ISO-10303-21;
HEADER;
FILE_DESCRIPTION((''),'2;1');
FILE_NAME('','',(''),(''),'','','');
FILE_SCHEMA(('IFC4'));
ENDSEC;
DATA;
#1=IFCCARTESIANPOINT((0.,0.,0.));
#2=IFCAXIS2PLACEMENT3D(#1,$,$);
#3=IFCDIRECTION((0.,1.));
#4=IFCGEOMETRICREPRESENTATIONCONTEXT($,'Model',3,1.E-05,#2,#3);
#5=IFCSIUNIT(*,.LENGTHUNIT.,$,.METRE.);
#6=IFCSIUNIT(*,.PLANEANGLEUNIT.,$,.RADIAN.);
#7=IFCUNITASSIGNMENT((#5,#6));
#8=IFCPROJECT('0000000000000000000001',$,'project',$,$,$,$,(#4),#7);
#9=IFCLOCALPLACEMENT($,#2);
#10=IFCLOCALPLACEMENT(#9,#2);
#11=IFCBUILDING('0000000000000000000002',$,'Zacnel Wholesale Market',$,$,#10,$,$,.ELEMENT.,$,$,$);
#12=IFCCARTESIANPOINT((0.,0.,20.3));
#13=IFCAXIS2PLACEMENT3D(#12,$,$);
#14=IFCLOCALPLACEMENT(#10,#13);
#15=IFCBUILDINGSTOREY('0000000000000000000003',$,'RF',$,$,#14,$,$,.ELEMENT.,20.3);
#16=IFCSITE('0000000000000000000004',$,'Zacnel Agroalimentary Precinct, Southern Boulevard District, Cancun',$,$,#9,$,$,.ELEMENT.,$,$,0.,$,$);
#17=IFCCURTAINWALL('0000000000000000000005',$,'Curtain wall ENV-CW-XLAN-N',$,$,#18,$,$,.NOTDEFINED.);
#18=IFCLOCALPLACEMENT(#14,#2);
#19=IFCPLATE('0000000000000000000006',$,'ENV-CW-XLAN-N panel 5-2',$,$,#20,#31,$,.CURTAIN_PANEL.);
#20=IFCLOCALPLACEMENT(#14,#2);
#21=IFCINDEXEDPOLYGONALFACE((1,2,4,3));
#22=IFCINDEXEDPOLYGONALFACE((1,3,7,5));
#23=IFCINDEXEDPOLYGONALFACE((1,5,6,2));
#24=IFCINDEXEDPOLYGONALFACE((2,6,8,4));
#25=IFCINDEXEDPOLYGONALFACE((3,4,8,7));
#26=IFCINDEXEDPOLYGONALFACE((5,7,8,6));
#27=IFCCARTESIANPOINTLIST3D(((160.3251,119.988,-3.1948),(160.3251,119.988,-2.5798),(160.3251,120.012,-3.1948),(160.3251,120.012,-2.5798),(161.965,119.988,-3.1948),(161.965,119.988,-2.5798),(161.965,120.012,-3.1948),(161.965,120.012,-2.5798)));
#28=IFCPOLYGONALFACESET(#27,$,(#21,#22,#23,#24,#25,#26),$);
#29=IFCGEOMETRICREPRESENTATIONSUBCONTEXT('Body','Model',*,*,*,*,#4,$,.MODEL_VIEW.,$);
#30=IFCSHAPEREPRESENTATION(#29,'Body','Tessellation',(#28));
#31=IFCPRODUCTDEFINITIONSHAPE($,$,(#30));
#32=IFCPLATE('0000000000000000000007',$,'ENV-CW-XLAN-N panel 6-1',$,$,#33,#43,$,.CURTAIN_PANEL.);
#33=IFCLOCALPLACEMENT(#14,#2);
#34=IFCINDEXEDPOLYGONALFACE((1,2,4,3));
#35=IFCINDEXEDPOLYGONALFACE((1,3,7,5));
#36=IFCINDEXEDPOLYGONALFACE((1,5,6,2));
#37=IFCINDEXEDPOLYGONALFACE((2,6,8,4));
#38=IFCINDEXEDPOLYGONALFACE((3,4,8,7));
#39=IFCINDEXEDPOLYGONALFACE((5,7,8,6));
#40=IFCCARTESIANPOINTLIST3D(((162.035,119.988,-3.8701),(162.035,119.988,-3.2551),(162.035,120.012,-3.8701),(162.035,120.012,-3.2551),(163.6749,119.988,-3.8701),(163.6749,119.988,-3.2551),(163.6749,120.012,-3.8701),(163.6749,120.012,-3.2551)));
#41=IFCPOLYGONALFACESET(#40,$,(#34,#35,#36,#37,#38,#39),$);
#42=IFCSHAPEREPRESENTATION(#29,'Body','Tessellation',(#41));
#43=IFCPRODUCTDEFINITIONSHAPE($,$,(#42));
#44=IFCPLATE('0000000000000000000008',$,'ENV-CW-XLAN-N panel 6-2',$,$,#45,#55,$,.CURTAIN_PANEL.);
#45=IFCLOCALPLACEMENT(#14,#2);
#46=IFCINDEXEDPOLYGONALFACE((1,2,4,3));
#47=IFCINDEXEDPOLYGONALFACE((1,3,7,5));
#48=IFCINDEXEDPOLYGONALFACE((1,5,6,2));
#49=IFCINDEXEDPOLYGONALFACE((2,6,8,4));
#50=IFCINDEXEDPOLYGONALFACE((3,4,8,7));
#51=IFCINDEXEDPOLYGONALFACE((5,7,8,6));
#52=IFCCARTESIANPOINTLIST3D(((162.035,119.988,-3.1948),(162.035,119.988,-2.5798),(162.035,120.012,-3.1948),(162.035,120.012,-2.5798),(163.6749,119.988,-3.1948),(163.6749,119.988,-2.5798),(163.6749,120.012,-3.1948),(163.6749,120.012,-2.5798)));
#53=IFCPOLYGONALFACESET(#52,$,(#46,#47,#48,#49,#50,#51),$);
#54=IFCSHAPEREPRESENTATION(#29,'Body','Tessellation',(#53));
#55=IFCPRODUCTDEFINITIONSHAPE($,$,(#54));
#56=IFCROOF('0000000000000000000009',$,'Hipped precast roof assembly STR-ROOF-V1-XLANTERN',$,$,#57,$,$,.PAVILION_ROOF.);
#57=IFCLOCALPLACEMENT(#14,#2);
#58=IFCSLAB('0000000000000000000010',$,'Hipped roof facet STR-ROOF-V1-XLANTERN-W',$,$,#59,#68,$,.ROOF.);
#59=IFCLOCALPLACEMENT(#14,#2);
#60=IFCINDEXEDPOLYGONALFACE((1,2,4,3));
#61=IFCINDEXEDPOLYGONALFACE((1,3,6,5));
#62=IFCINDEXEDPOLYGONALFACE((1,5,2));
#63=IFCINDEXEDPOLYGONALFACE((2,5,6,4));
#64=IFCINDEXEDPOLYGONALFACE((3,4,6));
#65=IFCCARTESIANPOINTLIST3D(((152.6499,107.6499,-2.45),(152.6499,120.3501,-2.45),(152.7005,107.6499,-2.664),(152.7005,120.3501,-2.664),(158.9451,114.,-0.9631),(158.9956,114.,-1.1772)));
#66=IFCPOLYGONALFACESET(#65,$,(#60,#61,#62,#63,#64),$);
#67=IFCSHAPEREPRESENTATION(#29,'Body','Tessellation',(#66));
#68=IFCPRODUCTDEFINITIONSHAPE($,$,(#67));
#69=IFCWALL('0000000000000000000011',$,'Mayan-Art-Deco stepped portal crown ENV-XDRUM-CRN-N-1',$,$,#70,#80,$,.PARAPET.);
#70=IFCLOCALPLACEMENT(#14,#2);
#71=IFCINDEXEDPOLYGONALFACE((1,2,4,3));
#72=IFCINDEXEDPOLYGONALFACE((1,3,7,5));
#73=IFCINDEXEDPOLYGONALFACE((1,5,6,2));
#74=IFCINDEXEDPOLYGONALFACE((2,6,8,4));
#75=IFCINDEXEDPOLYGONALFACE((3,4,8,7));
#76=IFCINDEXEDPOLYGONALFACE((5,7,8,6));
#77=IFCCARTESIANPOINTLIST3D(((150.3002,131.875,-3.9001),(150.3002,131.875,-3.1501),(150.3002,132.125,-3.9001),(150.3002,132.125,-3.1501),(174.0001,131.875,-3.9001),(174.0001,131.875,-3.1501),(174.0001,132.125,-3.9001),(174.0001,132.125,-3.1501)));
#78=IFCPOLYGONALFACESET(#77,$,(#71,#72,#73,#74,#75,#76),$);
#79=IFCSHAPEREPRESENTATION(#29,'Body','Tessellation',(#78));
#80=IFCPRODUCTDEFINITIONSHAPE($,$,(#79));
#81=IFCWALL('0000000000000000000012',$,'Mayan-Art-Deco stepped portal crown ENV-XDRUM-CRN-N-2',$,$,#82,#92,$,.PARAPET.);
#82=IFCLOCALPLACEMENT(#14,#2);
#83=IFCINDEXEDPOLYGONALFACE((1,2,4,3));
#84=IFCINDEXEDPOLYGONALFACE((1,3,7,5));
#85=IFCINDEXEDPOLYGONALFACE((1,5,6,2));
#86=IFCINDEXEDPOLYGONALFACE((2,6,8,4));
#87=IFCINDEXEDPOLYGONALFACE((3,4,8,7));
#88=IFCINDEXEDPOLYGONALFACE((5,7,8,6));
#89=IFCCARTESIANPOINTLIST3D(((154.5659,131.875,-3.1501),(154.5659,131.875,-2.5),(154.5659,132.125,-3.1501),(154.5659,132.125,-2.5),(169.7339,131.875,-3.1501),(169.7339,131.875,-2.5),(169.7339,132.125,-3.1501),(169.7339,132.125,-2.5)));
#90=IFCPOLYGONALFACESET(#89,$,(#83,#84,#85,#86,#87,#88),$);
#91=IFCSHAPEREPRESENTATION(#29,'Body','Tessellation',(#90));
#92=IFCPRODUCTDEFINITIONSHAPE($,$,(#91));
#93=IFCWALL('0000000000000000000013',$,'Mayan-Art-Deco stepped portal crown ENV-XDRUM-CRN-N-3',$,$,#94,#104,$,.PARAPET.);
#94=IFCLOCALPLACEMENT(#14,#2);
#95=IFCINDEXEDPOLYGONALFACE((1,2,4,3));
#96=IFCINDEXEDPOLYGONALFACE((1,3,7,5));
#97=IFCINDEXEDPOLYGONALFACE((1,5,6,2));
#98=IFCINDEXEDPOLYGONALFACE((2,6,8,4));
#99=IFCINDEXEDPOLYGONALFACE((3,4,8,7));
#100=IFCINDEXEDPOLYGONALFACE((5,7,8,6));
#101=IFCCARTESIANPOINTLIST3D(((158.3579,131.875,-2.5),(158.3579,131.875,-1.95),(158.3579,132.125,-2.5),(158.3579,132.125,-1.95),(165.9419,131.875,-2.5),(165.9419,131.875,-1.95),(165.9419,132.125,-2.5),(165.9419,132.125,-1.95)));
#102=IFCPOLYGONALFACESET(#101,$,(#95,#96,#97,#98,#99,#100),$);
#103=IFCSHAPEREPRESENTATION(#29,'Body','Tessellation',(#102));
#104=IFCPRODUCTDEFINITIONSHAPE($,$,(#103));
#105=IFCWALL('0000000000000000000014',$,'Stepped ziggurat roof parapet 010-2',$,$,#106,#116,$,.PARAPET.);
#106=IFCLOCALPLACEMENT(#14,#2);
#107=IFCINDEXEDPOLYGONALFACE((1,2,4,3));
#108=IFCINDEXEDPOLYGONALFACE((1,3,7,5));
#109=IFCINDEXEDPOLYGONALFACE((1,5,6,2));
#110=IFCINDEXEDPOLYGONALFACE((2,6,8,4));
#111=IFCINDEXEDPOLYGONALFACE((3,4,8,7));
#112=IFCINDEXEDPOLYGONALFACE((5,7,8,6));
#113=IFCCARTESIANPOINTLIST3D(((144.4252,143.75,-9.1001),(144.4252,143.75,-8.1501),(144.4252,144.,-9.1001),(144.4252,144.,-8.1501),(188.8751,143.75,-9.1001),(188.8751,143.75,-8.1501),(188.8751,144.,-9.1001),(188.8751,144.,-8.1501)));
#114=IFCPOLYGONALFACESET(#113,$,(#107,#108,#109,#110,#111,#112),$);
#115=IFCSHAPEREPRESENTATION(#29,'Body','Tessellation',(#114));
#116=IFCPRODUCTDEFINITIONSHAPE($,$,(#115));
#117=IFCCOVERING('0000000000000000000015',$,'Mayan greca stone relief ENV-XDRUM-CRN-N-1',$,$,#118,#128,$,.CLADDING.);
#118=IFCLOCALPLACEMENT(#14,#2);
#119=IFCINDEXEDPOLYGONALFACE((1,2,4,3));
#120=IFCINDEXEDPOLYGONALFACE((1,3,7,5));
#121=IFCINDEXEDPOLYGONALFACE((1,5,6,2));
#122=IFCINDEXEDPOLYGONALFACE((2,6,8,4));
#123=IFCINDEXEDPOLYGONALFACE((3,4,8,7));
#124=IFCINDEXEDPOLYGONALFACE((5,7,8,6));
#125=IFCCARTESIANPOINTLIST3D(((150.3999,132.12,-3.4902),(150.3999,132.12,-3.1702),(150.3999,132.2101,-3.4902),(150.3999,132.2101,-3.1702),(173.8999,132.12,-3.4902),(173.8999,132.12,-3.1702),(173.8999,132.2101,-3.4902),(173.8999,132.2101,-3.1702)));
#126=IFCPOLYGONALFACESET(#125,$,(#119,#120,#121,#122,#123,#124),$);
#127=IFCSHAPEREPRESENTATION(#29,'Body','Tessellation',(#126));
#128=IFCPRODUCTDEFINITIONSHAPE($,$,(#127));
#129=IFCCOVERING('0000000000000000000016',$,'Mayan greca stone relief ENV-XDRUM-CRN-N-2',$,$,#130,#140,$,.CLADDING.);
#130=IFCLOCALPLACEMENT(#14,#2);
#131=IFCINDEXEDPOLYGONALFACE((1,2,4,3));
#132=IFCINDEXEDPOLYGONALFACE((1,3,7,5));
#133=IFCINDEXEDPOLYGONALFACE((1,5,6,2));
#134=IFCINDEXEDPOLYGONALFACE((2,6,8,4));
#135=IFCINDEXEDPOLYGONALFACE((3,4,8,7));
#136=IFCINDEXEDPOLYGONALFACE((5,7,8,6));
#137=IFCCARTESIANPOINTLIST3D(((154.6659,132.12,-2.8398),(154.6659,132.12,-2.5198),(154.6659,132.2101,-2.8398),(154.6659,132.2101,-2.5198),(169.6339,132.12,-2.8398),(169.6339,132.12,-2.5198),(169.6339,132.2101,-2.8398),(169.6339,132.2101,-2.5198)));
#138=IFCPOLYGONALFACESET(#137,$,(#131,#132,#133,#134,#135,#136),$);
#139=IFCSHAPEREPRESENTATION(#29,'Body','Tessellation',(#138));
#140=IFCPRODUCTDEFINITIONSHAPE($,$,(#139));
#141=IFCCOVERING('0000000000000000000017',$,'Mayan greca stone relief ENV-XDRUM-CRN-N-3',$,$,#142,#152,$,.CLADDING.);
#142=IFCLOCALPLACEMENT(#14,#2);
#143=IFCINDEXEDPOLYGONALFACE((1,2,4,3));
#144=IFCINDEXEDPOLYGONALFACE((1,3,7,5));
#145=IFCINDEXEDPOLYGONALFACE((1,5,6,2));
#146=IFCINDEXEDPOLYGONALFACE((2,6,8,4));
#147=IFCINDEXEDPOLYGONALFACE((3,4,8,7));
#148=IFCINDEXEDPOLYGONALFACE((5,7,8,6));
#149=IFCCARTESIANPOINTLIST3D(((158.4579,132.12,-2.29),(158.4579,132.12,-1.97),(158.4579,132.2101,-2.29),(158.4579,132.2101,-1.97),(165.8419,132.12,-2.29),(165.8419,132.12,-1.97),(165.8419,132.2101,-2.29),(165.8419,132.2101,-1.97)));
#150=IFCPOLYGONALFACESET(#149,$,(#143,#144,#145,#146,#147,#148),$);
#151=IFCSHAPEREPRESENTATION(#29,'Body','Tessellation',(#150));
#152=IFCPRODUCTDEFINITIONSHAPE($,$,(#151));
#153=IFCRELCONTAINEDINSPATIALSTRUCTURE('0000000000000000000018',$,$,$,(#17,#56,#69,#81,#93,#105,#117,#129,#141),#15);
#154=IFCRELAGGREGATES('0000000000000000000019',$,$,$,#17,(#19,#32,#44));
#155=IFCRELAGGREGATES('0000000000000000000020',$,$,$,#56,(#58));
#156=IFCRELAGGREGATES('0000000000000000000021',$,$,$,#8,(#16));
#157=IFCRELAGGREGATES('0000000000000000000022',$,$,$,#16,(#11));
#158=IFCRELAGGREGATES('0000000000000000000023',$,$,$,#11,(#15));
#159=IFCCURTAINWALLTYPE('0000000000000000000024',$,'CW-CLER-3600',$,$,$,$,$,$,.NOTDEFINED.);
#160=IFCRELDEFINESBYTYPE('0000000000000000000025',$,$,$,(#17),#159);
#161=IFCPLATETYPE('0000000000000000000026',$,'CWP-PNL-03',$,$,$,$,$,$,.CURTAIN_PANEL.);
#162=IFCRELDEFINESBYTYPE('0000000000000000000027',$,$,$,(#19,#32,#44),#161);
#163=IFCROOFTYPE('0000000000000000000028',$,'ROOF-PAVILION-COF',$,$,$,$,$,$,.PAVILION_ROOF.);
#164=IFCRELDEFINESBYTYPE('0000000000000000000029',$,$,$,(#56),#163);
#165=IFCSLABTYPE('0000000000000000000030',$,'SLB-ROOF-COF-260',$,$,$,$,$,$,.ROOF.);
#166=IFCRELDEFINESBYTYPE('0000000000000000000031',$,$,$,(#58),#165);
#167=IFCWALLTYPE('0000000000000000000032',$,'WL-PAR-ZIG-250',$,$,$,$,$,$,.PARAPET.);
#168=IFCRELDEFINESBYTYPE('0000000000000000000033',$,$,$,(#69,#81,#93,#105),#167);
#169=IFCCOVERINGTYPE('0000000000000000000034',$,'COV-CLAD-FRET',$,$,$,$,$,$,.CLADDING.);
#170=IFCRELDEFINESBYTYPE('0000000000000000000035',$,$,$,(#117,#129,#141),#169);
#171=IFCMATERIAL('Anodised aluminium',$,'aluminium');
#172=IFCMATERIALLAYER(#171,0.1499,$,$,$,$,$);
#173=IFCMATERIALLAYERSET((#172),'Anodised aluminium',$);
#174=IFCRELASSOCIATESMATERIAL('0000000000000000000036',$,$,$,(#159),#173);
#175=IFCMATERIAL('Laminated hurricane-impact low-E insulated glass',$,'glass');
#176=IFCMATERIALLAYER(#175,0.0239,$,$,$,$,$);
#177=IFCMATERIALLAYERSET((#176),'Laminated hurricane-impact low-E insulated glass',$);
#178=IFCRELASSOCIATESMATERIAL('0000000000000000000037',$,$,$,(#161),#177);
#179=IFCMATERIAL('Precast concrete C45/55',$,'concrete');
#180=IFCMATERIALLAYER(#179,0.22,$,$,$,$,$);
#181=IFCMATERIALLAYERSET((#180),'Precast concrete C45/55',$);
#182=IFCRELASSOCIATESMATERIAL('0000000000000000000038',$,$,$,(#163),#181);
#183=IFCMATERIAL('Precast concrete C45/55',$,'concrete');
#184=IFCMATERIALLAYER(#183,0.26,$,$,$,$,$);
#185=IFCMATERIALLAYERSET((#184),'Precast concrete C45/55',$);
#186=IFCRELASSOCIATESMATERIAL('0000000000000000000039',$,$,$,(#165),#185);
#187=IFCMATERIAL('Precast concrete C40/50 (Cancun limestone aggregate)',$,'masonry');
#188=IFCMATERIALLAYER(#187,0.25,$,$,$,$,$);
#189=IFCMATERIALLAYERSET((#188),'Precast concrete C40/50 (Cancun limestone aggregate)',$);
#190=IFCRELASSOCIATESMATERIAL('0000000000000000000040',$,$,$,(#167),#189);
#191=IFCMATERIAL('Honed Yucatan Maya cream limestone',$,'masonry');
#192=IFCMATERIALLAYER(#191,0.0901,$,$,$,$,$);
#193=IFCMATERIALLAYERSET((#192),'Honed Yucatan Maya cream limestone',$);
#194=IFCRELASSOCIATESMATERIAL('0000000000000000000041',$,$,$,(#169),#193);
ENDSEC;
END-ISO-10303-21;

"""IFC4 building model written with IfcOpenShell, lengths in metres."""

from ifc_helpers import new_model, si_unit, direction, frame, frame_2d, origin, origin_2d, place, context, subcontext, project, spatial, polyline, rectangle, outline, extrude, material, layer, layer_set, type_object, element, aggregate, save


model = new_model("IFC4")

# Units and contexts
model_context = context("Model", 3, precision=1e-05, world=origin(), true_north=direction((0.0, 1.0)))
body_context = subcontext(model_context, "Body", "Model", "MODEL_VIEW")
ifc_project = project(units=[si_unit("LENGTHUNIT", "METRE"), si_unit("PLANEANGLEUNIT", "RADIAN")], contexts=[model_context])

# Site, building, storey
site_placement = place(None, origin())
site = spatial("IfcSite", under=ifc_project, at=site_placement, Name="Zacnel Agroalimentary Precinct, Southern Boulevard District, Cancun", CompositionType="ELEMENT", RefElevation=0.0)
building_placement = place(site_placement, origin())
building = spatial("IfcBuilding", under=site, at=building_placement, Name="Zacnel Wholesale Market", CompositionType="ELEMENT")
storey_placement = place(building_placement, frame((0.0, 0.0, 20.3)))
storey = spatial("IfcBuildingStorey", under=building, at=storey_placement, Name="RF", CompositionType="ELEMENT", Elevation=20.3)

# Curtain wall, plates
ifc_material_1 = material(Name="Anodised aluminium", Category="aluminium")
ifc_layer_1 = layer(ifc_material_1, 0.1499)
ifc_layer_set_1 = layer_set([ifc_layer_1], Name="Anodised aluminium")
curtain_wall_type = type_object("IfcCurtainWallType", Name="CW-CLER-3600", PredefinedType="NOTDEFINED", material=ifc_layer_set_1)
curtain_wall_placement = place(storey_placement, origin())
curtain_wall = element("IfcCurtainWall", 1, at=curtain_wall_placement, inside=storey, type_object=curtain_wall_type, Name="Curtain wall ENV-CW-XLAN-N", PredefinedType="NOTDEFINED")
ifc_material_2 = material(Name="Laminated hurricane-impact low-E insulated glass", Category="glass")
ifc_layer_2 = layer(ifc_material_2, 0.0239)
ifc_layer_set_2 = layer_set([ifc_layer_2], Name="Laminated hurricane-impact low-E insulated glass")
plate_type = type_object("IfcPlateType", Name="CWP-PNL-03", PredefinedType="CURTAIN_PANEL", material=ifc_layer_set_2)
plate_1_placement = place(storey_placement, frame((161.145, 120.0, -3.1948), z_axis=(0.0, 0.0, 1.0), x_axis=(1.0, 0.0, 0.0)))
plate_1 = element("IfcPlate", 2, at=plate_1_placement, type_object=plate_type, Name="ENV-CW-XLAN-N panel 5-2", PredefinedType="CURTAIN_PANEL", context=body_context, shape_type="SweptSolid", body=[
    extrude(rectangle(XDim=1.6399, YDim=0.0239, at=origin_2d()), origin(), (0.0, 0.0, 1.0), 0.615),
])
plate_2_placement = place(storey_placement, frame((162.855, 120.0, -3.8701), z_axis=(0.0, 0.0, 1.0), x_axis=(1.0, 0.0, 0.0)))
plate_2 = element("IfcPlate", 3, at=plate_2_placement, type_object=plate_type, Name="ENV-CW-XLAN-N panel 6-1", PredefinedType="CURTAIN_PANEL", context=body_context, shape_type="SweptSolid", body=[
    extrude(rectangle(XDim=1.6399, YDim=0.0239, at=origin_2d()), origin(), (0.0, 0.0, 1.0), 0.615),
])
plate_3_placement = place(storey_placement, frame((162.855, 120.0, -3.1948), z_axis=(0.0, 0.0, 1.0), x_axis=(1.0, 0.0, 0.0)))
plate_3 = element("IfcPlate", 4, at=plate_3_placement, type_object=plate_type, Name="ENV-CW-XLAN-N panel 6-2", PredefinedType="CURTAIN_PANEL", context=body_context, shape_type="SweptSolid", body=[
    extrude(rectangle(XDim=1.6399, YDim=0.0239, at=origin_2d()), origin(), (0.0, 0.0, 1.0), 0.615),
])
aggregate(curtain_wall, [plate_1, plate_2, plate_3])

# Roof, slab
ifc_material_3 = material(Name="Precast concrete C45/55", Category="concrete")
ifc_layer_3 = layer(ifc_material_3, 0.22)
ifc_layer_set_3 = layer_set([ifc_layer_3], Name="Precast concrete C45/55")
roof_type = type_object("IfcRoofType", Name="ROOF-PAVILION-COF", PredefinedType="PAVILION_ROOF", material=ifc_layer_set_3)
roof_placement = place(storey_placement, origin())
roof = element("IfcRoof", 5, at=roof_placement, inside=storey, type_object=roof_type, Name="Hipped precast roof assembly STR-ROOF-V1-XLANTERN", PredefinedType="PAVILION_ROOF")
ifc_material_4 = material(Name="Precast concrete C45/55", Category="concrete")
ifc_layer_4 = layer(ifc_material_4, 0.26)
ifc_layer_set_4 = layer_set([ifc_layer_4], Name="Precast concrete C45/55")
slab_type = type_object("IfcSlabType", Name="SLB-ROOF-COF-260", PredefinedType="ROOF", material=ifc_layer_set_4)
slab_placement = place(storey_placement, frame((152.6499, 120.3501, -2.45), z_axis=(-0.22986, 0.0, 0.973224), x_axis=(0.0, -1.0, 0.0)))
slab = element("IfcSlab", 6, at=slab_placement, type_object=slab_type, Name="Hipped roof facet STR-ROOF-V1-XLANTERN-W", PredefinedType="ROOF", context=body_context, shape_type="SweptSolid", body=[
    extrude(outline(polyline([(0.0, 0.0), (12.7002, 0.0), (6.3501, 6.4684), (0.0, 0.0)])), origin(), (0.0, 0.0, -1.0), 0.22),
])
aggregate(roof, [slab])

# Walls
ifc_material_5 = material(Name="Precast concrete C40/50 (Cancun limestone aggregate)", Category="masonry")
ifc_layer_5 = layer(ifc_material_5, 0.25)
ifc_layer_set_5 = layer_set([ifc_layer_5], Name="Precast concrete C40/50 (Cancun limestone aggregate)")
wall_type = type_object("IfcWallType", Name="WL-PAR-ZIG-250", PredefinedType="PARAPET", material=ifc_layer_set_5)
wall_1_placement = place(storey_placement, frame((150.3, 132.0, -3.9001), z_axis=(0.0, 0.0, 1.0), x_axis=(1.0, 0.0, 0.0)))
element("IfcWall", 7, at=wall_1_placement, inside=storey, type_object=wall_type, Name="Mayan-Art-Deco stepped portal crown ENV-XDRUM-CRN-N-1", PredefinedType="PARAPET", context=body_context, shape_type="SweptSolid", body=[
    extrude(rectangle(XDim=23.7, YDim=0.25, at=frame_2d((11.8501, 0.0))), origin(), (0.0, 0.0, 1.0), 0.75),
])
wall_2_placement = place(storey_placement, frame((154.5659, 132.0, -3.1501), z_axis=(0.0, 0.0, 1.0), x_axis=(1.0, 0.0, 0.0)))
element("IfcWall", 8, at=wall_2_placement, inside=storey, type_object=wall_type, Name="Mayan-Art-Deco stepped portal crown ENV-XDRUM-CRN-N-2", PredefinedType="PARAPET", context=body_context, shape_type="SweptSolid", body=[
    extrude(rectangle(XDim=15.168, YDim=0.25, at=frame_2d((7.584, 0.0))), origin(), (0.0, 0.0, 1.0), 0.6501),
])
wall_3_placement = place(storey_placement, frame((158.3579, 132.0, -2.5), z_axis=(0.0, 0.0, 1.0), x_axis=(1.0, 0.0, 0.0)))
element("IfcWall", 9, at=wall_3_placement, inside=storey, type_object=wall_type, Name="Mayan-Art-Deco stepped portal crown ENV-XDRUM-CRN-N-3", PredefinedType="PARAPET", context=body_context, shape_type="SweptSolid", body=[
    extrude(rectangle(XDim=7.584, YDim=0.25, at=frame_2d((3.792, 0.0))), origin(), (0.0, 0.0, 1.0), 0.55),
])
wall_4_placement = place(storey_placement, frame((144.425, 143.875, -9.1001), z_axis=(0.0, 0.0, 1.0), x_axis=(1.0, 0.0, 0.0)))
element("IfcWall", 10, at=wall_4_placement, inside=storey, type_object=wall_type, Name="Stepped ziggurat roof parapet 010-2", PredefinedType="PARAPET", context=body_context, shape_type="SweptSolid", body=[
    extrude(rectangle(XDim=44.45, YDim=0.25, at=frame_2d((22.2251, 0.0))), origin(), (0.0, 0.0, 1.0), 0.95),
])

# Coverings
ifc_material_6 = material(Name="Honed Yucatan Maya cream limestone", Category="masonry")
ifc_layer_6 = layer(ifc_material_6, 0.0901)
ifc_layer_set_6 = layer_set([ifc_layer_6], Name="Honed Yucatan Maya cream limestone")
covering_type = type_object("IfcCoveringType", Name="COV-CLAD-FRET", PredefinedType="CLADDING", material=ifc_layer_set_6)
covering_1_placement = place(storey_placement, frame((162.1499, 132.165, -3.4902), z_axis=(0.0, 0.0, 1.0), x_axis=(1.0, 0.0, 0.0)))
element("IfcCovering", 11, at=covering_1_placement, inside=storey, type_object=covering_type, Name="Mayan greca stone relief ENV-XDRUM-CRN-N-1", PredefinedType="CLADDING", context=body_context, shape_type="SweptSolid", body=[
    extrude(rectangle(XDim=23.5, YDim=0.0901, at=origin_2d()), origin(), (0.0, 0.0, 1.0), 0.3201),
])
covering_2_placement = place(storey_placement, frame((162.1499, 132.165, -2.8398), z_axis=(0.0, 0.0, 1.0), x_axis=(1.0, 0.0, 0.0)))
element("IfcCovering", 12, at=covering_2_placement, inside=storey, type_object=covering_type, Name="Mayan greca stone relief ENV-XDRUM-CRN-N-2", PredefinedType="CLADDING", context=body_context, shape_type="SweptSolid", body=[
    extrude(rectangle(XDim=14.968, YDim=0.0901, at=origin_2d()), origin(), (0.0, 0.0, 1.0), 0.3201),
])
covering_3_placement = place(storey_placement, frame((162.1499, 132.165, -2.29), z_axis=(0.0, 0.0, 1.0), x_axis=(1.0, 0.0, 0.0)))
element("IfcCovering", 13, at=covering_3_placement, inside=storey, type_object=covering_type, Name="Mayan greca stone relief ENV-XDRUM-CRN-N-3", PredefinedType="CLADDING", context=body_context, shape_type="SweptSolid", body=[
    extrude(rectangle(XDim=7.384, YDim=0.0901, at=origin_2d()), origin(), (0.0, 0.0, 1.0), 0.3201),
])

save(model, "model.ifc")
